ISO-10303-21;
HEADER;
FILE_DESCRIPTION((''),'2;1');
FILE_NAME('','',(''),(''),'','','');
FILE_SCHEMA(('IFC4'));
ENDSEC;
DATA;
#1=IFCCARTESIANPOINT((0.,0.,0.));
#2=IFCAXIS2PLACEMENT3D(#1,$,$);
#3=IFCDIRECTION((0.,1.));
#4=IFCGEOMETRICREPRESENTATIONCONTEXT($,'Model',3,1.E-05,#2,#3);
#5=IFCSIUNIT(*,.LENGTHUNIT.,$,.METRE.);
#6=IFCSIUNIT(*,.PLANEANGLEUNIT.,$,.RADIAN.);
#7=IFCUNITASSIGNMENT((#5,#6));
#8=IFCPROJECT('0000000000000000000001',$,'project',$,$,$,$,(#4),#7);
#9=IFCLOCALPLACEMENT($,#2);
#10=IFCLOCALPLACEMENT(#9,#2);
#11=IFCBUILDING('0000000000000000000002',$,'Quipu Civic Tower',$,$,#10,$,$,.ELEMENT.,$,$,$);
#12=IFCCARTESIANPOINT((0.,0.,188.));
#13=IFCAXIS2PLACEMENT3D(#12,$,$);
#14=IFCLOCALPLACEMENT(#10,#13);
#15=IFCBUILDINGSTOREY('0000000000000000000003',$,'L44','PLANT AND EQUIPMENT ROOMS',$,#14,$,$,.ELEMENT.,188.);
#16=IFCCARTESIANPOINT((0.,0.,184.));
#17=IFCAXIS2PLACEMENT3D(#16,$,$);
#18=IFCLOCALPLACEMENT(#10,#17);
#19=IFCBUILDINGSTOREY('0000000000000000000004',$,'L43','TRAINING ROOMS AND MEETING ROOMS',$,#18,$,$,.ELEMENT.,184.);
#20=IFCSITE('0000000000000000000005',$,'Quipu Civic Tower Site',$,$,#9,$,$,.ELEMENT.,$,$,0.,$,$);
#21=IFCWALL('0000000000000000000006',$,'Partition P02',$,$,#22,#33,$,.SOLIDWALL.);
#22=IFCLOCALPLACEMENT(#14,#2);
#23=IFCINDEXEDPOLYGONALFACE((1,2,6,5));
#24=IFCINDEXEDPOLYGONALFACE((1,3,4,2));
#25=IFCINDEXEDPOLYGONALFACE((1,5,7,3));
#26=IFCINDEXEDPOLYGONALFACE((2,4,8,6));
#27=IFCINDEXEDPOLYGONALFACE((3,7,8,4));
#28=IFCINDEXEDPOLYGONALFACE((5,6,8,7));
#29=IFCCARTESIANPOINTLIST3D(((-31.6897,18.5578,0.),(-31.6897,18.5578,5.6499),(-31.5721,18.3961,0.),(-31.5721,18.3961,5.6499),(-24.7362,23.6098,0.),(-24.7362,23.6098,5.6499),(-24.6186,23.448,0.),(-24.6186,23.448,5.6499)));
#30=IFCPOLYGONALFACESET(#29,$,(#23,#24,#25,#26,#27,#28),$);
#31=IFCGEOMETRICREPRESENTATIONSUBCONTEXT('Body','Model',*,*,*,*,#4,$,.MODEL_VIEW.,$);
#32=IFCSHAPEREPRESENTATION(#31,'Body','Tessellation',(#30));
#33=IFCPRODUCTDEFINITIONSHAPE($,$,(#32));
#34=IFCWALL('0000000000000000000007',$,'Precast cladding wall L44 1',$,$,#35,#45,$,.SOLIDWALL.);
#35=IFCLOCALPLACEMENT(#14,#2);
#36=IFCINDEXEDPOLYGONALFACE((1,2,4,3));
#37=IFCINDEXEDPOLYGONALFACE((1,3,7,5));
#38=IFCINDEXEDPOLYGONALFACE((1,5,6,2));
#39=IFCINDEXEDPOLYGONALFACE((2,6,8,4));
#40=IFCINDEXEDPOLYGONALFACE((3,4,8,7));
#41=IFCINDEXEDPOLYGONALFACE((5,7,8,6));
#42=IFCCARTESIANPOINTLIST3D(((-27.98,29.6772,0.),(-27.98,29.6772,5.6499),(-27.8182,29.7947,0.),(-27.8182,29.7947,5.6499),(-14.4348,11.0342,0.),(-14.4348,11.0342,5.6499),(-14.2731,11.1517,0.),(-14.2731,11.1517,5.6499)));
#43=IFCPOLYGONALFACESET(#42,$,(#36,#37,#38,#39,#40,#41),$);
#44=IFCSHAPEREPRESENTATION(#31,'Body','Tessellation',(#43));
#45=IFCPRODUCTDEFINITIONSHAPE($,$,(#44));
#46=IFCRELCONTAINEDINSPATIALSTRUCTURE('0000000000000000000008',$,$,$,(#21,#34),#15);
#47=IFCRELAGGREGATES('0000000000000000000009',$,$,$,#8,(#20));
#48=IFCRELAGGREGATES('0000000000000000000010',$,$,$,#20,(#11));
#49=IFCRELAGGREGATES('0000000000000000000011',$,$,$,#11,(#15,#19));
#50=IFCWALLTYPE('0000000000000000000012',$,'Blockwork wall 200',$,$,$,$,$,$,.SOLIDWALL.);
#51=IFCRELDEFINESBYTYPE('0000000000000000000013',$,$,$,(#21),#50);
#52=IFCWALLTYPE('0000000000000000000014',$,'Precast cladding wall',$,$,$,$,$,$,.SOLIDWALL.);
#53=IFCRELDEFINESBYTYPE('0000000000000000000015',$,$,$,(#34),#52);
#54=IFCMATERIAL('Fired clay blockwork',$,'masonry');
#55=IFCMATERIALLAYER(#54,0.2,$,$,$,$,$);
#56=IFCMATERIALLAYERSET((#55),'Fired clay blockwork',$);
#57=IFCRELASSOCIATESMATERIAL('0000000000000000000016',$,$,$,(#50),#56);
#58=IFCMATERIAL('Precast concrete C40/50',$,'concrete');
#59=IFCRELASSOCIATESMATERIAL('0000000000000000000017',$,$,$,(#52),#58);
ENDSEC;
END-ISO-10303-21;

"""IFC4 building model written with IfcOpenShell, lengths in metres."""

from ifc_helpers import new_model, si_unit, direction, frame, frame_2d, origin, place, context, subcontext, project, spatial, rectangle, extrude, material, layer, layer_set, type_object, element, save


model = new_model("IFC4")

# Units and contexts
model_context = context("Model", 3, precision=1e-05, world=origin(), true_north=direction((0.0, 1.0)))
body_context = subcontext(model_context, "Body", "Model", "MODEL_VIEW")
ifc_project = project(units=[si_unit("LENGTHUNIT", "METRE"), si_unit("PLANEANGLEUNIT", "RADIAN")], contexts=[model_context])

# Site, building, storey
site_placement = place(None, origin())
site = spatial("IfcSite", under=ifc_project, at=site_placement, Name="Quipu Civic Tower Site", CompositionType="ELEMENT", RefElevation=0.0)
building_placement = place(site_placement, origin())
building = spatial("IfcBuilding", under=site, at=building_placement, Name="Quipu Civic Tower", CompositionType="ELEMENT")
storey_1_placement = place(building_placement, frame((0.0, 0.0, 188.0)))
storey_1 = spatial("IfcBuildingStorey", under=building, at=storey_1_placement, Name="L44", Description="PLANT AND EQUIPMENT ROOMS", CompositionType="ELEMENT", Elevation=188.0)

# Shared definitions
storey_2_placement = place(building_placement, frame((0.0, 0.0, 184.0)))
storey_2 = spatial("IfcBuildingStorey", under=building, at=storey_2_placement, Name="L43", Description="TRAINING ROOMS AND MEETING ROOMS", CompositionType="ELEMENT", Elevation=184.0)

# Walls
ifc_material_1 = material(Name="Fired clay blockwork", Category="masonry")
ifc_layer = layer(ifc_material_1, 0.2)
ifc_layer_set = layer_set([ifc_layer], Name="Fired clay blockwork")
wall_type_1 = type_object("IfcWallType", Name="Blockwork wall 200", PredefinedType="SOLIDWALL", material=ifc_layer_set)
wall_1_placement = place(storey_1_placement, frame((-24.6775, 23.5288, 0.0), z_axis=(0.0, 0.0, 1.0), x_axis=(-0.809022, -0.587778, 0.0)))
element("IfcWall", 1, at=wall_1_placement, inside=storey_1, type_object=wall_type_1, Name="Partition P02", PredefinedType="SOLIDWALL", context=body_context, shape_type="SweptSolid", body=[
    extrude(rectangle(XDim=8.595, YDim=0.2, at=frame_2d((4.2974, 0.0))), origin(), (0.0, 0.0, 1.0), 5.6499),
])
ifc_material_2 = material(Name="Precast concrete C40/50", Category="concrete")
wall_type_2 = type_object("IfcWallType", Name="Precast cladding wall", PredefinedType="SOLIDWALL", material=ifc_material_2)
wall_2_placement = place(storey_1_placement, frame((-14.354, 11.093, 0.0), z_axis=(0.0, 0.0, 1.0), x_axis=(-0.587791, 0.809013, 0.0)))
element("IfcWall", 2, at=wall_2_placement, inside=storey_1, type_object=wall_type_2, Name="Precast cladding wall L44 1", PredefinedType="SOLIDWALL", context=body_context, shape_type="SweptSolid", body=[
    extrude(rectangle(XDim=23.0442, YDim=0.2, at=frame_2d((11.522, 0.0))), origin(), (0.0, 0.0, 1.0), 5.6499),
])

save(model, "model.ifc")
